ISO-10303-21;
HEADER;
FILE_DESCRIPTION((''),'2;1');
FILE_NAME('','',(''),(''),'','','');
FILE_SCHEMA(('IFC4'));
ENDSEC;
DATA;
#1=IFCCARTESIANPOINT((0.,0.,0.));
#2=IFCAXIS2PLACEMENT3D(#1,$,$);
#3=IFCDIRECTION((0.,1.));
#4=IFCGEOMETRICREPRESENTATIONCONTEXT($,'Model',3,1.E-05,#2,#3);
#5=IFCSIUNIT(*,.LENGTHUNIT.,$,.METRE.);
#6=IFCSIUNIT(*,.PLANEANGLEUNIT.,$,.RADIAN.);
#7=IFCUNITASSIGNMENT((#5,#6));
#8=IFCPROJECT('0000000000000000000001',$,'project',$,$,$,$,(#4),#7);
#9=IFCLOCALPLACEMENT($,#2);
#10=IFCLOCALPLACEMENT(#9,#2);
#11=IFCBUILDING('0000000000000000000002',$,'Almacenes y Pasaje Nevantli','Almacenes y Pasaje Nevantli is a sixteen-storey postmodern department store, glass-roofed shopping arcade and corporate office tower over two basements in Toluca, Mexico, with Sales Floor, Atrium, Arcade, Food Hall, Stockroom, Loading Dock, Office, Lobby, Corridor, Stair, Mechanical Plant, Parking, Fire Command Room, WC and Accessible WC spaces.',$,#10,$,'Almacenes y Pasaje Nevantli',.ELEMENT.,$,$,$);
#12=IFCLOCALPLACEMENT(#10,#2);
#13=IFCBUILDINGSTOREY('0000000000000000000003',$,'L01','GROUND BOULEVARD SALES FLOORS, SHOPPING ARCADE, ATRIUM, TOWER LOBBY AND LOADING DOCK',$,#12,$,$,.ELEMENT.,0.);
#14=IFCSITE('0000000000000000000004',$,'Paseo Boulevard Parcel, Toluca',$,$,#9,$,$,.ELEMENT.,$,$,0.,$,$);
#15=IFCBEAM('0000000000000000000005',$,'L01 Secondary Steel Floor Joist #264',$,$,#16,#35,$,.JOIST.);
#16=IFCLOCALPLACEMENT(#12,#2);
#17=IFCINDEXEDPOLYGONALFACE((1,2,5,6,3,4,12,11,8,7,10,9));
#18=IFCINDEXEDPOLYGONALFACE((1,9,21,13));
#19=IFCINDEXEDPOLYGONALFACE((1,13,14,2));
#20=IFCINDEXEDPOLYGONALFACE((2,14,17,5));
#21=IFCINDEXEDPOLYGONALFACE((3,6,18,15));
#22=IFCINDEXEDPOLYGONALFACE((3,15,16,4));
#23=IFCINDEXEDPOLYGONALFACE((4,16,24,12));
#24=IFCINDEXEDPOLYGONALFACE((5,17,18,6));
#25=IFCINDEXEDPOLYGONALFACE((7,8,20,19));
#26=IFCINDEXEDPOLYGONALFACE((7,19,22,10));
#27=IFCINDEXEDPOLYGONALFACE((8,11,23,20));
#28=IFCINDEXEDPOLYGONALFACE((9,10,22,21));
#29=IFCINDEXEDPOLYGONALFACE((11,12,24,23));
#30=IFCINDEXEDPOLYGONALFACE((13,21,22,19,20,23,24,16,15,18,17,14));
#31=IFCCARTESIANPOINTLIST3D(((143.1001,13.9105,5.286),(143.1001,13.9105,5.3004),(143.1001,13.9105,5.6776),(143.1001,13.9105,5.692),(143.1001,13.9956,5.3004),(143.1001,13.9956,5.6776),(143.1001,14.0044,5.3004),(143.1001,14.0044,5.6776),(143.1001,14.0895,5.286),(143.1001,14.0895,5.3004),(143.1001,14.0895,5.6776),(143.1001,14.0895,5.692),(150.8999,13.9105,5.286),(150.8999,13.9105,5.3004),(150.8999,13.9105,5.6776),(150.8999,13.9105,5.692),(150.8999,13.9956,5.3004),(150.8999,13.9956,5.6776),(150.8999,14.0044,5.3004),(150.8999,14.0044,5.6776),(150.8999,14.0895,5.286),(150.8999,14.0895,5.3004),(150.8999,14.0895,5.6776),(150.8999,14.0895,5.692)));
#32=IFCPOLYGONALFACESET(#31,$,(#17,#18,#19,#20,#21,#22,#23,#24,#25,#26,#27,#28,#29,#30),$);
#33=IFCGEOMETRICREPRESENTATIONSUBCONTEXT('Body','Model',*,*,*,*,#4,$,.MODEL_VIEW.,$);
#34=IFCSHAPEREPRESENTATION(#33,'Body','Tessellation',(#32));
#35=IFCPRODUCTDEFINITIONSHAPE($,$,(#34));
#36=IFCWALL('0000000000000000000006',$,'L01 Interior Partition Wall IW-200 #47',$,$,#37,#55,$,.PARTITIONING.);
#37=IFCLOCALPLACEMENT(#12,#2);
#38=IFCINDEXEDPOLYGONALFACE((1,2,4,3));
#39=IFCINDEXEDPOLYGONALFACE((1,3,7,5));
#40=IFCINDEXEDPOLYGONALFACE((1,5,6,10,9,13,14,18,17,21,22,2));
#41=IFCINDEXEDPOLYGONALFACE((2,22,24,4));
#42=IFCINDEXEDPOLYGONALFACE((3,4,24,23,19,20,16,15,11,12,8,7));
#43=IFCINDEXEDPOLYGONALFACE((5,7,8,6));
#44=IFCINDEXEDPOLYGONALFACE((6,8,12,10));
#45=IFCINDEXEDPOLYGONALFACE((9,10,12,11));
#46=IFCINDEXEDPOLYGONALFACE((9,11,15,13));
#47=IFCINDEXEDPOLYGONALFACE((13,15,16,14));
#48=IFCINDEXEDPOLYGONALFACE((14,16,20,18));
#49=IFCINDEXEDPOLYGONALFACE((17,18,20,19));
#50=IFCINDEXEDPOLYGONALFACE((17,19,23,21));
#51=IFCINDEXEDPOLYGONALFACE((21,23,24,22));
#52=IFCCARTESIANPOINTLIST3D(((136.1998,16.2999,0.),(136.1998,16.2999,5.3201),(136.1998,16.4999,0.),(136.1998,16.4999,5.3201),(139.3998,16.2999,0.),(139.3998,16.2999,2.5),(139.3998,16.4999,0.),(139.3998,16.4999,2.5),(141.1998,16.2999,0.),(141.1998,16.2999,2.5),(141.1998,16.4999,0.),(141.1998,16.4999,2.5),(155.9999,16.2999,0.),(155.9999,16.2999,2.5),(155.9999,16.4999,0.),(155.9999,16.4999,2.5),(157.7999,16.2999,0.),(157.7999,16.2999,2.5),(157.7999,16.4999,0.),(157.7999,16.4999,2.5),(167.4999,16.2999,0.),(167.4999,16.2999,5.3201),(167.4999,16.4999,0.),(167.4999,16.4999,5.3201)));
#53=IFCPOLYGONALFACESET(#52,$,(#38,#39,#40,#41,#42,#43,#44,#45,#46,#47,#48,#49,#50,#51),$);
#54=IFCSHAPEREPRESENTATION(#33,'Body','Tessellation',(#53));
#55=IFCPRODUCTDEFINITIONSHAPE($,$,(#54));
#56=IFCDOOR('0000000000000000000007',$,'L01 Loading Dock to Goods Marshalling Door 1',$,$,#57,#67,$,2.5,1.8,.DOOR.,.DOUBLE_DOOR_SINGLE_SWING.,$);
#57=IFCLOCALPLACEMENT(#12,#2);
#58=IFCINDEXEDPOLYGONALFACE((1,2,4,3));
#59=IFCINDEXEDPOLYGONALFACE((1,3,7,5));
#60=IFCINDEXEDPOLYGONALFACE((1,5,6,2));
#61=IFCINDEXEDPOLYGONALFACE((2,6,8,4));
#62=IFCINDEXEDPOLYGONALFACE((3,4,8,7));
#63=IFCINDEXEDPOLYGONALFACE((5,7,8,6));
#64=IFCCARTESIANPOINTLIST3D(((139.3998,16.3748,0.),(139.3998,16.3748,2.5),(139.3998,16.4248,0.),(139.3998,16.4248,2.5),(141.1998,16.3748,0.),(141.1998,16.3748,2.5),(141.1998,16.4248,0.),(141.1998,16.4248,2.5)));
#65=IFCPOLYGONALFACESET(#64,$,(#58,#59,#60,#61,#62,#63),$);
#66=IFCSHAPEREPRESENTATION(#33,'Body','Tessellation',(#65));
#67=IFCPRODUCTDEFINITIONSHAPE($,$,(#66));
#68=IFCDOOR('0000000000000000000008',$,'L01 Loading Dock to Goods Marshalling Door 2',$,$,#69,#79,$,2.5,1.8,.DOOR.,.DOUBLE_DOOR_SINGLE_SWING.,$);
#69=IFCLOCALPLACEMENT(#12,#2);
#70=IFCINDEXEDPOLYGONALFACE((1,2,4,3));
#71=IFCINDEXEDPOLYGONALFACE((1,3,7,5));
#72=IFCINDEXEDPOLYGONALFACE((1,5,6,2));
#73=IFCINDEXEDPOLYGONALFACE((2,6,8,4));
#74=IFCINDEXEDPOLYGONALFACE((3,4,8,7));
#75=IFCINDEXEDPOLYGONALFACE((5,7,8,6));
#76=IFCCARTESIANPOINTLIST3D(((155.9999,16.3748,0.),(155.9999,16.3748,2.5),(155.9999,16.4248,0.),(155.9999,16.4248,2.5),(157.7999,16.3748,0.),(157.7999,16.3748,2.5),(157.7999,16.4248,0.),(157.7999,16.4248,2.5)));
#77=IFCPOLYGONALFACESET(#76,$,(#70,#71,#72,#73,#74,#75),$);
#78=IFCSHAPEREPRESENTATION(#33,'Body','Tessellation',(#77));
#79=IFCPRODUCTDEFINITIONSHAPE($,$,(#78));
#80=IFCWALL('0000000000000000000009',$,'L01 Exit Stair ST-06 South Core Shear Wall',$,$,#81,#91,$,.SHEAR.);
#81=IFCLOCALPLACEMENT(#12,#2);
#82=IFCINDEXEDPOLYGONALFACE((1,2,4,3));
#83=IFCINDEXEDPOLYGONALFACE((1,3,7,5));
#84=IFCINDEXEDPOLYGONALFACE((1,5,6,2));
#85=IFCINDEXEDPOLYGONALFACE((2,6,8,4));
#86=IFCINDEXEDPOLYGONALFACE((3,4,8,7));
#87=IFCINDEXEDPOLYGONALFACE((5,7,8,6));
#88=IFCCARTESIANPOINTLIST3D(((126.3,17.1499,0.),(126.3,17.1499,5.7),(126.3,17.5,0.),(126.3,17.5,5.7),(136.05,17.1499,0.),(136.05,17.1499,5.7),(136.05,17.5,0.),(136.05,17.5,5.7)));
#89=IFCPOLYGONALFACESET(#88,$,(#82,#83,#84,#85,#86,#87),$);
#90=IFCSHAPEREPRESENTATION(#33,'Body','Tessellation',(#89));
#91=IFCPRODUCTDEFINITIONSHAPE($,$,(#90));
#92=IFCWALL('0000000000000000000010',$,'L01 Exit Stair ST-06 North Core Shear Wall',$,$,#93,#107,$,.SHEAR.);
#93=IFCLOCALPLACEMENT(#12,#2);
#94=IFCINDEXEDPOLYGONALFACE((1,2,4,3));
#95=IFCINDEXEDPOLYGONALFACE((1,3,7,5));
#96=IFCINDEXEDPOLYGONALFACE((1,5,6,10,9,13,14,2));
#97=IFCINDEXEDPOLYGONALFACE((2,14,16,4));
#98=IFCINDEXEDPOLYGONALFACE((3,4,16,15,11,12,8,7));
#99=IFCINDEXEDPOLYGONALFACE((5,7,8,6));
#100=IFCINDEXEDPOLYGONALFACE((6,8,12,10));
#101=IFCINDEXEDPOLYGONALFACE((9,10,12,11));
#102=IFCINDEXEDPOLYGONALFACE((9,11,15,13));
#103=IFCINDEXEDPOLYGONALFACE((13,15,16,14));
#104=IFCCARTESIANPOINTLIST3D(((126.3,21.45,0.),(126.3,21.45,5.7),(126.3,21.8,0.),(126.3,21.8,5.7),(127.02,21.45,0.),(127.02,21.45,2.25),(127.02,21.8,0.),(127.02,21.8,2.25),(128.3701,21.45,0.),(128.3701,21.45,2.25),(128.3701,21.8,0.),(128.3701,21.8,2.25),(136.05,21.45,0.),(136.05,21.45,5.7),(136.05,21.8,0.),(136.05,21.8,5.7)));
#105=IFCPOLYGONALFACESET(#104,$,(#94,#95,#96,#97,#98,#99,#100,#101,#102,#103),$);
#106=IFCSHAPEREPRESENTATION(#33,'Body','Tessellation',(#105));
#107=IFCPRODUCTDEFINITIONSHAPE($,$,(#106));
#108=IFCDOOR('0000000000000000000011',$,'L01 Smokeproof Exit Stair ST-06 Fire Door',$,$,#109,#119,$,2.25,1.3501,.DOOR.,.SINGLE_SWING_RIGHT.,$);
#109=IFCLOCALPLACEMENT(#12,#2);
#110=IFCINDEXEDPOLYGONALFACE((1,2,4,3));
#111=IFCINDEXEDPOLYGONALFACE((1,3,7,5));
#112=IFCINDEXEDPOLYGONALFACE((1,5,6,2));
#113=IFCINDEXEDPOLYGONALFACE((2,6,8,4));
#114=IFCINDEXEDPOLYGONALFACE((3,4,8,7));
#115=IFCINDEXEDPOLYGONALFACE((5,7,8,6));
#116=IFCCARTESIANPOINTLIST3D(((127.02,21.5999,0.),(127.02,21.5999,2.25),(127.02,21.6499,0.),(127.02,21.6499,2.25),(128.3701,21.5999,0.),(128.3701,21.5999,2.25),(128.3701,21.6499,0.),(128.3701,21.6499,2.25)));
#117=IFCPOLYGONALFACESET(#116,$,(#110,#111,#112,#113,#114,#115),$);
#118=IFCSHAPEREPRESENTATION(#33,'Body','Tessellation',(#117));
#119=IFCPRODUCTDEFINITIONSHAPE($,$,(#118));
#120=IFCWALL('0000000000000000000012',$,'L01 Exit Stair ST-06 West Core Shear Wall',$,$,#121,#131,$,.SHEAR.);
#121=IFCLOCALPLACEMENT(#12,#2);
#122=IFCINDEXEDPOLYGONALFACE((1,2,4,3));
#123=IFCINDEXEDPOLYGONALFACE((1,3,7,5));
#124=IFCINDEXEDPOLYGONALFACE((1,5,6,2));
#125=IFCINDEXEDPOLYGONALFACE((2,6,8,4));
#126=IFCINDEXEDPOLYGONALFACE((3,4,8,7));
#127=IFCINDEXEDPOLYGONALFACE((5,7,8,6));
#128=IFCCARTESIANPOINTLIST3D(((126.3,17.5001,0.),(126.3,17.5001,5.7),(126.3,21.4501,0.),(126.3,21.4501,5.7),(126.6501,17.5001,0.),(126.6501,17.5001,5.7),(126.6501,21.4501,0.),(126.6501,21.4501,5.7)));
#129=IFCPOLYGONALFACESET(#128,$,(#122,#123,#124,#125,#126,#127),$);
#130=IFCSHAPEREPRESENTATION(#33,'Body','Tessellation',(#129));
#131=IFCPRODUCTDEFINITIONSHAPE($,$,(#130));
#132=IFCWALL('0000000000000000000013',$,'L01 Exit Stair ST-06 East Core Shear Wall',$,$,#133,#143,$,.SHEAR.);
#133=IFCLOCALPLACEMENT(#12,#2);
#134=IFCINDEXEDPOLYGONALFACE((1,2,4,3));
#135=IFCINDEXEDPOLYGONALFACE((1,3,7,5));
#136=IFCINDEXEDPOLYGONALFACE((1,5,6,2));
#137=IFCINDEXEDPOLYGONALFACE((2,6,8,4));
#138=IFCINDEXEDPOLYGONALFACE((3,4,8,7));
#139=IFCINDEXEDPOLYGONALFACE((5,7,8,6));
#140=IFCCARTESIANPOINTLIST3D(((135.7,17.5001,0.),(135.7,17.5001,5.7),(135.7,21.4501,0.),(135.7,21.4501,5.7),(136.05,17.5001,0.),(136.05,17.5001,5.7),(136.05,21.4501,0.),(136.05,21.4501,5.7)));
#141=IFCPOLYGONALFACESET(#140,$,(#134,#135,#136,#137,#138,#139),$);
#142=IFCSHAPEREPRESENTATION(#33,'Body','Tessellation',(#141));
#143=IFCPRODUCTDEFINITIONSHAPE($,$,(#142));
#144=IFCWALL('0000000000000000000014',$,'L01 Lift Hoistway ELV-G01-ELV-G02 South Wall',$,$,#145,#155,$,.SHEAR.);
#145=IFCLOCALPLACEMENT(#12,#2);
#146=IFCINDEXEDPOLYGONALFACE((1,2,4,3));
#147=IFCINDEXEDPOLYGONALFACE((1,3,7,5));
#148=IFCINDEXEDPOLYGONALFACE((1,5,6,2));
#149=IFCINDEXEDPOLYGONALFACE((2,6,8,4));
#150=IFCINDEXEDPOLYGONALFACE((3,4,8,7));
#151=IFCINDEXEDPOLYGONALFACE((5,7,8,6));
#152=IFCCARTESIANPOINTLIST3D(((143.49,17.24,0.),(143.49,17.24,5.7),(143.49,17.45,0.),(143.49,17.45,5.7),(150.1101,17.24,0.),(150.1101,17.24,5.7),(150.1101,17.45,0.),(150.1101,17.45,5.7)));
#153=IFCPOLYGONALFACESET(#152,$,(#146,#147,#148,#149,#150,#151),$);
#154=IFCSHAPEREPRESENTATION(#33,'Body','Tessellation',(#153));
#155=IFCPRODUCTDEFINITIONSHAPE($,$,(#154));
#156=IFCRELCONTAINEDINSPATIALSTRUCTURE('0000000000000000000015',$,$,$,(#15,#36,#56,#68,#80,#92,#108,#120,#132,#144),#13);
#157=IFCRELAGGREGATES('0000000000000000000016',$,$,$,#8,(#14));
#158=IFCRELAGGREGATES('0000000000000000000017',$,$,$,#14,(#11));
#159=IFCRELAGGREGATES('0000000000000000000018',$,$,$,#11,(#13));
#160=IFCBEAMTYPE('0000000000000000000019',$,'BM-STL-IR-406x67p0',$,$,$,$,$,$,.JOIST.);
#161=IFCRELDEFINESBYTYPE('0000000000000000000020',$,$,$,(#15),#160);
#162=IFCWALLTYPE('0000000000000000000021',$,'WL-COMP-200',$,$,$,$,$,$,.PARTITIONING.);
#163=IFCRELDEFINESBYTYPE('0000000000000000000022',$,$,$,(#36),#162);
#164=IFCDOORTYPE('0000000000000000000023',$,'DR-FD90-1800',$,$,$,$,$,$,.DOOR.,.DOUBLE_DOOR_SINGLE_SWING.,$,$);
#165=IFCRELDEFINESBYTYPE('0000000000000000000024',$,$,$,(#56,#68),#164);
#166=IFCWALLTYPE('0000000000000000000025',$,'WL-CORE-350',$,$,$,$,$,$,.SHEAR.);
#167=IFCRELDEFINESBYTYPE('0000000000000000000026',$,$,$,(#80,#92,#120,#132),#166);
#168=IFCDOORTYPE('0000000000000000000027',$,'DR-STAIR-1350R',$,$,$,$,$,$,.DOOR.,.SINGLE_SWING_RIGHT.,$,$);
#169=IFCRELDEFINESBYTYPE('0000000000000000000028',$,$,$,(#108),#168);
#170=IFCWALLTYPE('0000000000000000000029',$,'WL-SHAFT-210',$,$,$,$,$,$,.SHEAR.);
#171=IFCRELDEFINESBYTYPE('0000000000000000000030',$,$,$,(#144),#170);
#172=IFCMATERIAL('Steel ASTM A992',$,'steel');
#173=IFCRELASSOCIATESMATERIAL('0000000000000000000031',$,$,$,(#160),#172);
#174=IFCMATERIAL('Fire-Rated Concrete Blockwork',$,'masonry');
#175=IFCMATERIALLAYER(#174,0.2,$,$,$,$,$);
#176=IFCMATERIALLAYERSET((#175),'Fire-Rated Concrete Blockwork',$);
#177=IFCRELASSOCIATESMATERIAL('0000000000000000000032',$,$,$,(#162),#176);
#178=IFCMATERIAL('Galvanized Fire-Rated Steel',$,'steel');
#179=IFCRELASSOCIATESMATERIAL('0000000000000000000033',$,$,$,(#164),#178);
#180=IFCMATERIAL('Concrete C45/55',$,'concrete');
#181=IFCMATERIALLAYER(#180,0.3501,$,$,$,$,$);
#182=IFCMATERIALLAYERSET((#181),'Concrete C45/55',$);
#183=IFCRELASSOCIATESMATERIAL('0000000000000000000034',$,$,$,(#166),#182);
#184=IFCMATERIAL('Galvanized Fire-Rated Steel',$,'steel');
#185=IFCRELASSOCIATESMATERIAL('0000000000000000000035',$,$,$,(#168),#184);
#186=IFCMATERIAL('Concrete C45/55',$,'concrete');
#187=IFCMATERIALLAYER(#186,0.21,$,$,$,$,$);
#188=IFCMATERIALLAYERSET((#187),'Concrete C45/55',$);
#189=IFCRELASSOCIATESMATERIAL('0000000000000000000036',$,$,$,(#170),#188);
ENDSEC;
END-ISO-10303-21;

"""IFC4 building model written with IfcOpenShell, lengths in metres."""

from ifc_helpers import new_model, si_unit, direction, frame, frame_2d, origin, origin_2d, place, context, subcontext, project, spatial, rectangle, i_section, extrude, material, layer, layer_set, material_profile, profile_set, type_object, element, fill, save


model = new_model("IFC4")

# Units and contexts
model_context = context("Model", 3, precision=1e-05, world=origin(), true_north=direction((0.0, 1.0)))
body_context = subcontext(model_context, "Body", "Model", "MODEL_VIEW")
ifc_project = project(units=[si_unit("LENGTHUNIT", "METRE"), si_unit("PLANEANGLEUNIT", "RADIAN")], contexts=[model_context])

# Site, building, storey
site_placement = place(None, origin())
site = spatial("IfcSite", under=ifc_project, at=site_placement, Name="Paseo Boulevard Parcel, Toluca", CompositionType="ELEMENT", RefElevation=0.0)
building_placement = place(site_placement, origin())
building = spatial("IfcBuilding", under=site, at=building_placement, Name="Almacenes y Pasaje Nevantli", Description="Almacenes y Pasaje Nevantli is a sixteen-storey postmodern department store, glass-roofed shopping arcade and corporate office tower over two basements in Toluca, Mexico, with Sales Floor, Atrium, Arcade, Food Hall, Stockroom, Loading Dock, Office, Lobby, Corridor, Stair, Mechanical Plant, Parking, Fire Command Room, WC and Accessible WC spaces.", LongName="Almacenes y Pasaje Nevantli", CompositionType="ELEMENT")
storey_placement = place(building_placement, origin())
storey = spatial("IfcBuildingStorey", under=building, at=storey_placement, Name="L01", Description="GROUND BOULEVARD SALES FLOORS, SHOPPING ARCADE, ATRIUM, TOWER LOBBY AND LOADING DOCK", CompositionType="ELEMENT", Elevation=0.0)

# Beam
ifc_material_1 = material(Name="Steel ASTM A992", Category="steel")
ifc_material_profile_1 = material_profile(ifc_material_1, i_section(OverallWidth=0.179, OverallDepth=0.406, WebThickness=0.0088, FlangeThickness=0.0144, at=origin_2d()), Name="IR 406x67.0")
ifc_profile_set_1 = profile_set([ifc_material_profile_1], Name="Steel ASTM A992")
beam_type_1 = type_object("IfcBeamType", Name="BM-STL-IR-406x67p0", PredefinedType="JOIST", material=ifc_profile_set_1)
beam_1_placement = place(storey_placement, frame((143.1001, 14.0, 5.489), z_axis=(1.0, 0.0, 0.0), x_axis=(0.0, 1.0, 0.0)))
element("IfcBeam", 1, at=beam_1_placement, inside=storey, type_object=beam_type_1, Name="L01 Secondary Steel Floor Joist #264", PredefinedType="JOIST", context=body_context, shape_type="SweptSolid", body=[
    extrude(i_section(OverallWidth=0.179, OverallDepth=0.406, WebThickness=0.0088, FlangeThickness=0.0144, at=origin_2d()), origin(), (0.0, 0.0, 1.0), 7.7998),
])

# Wall, openings, doors
ifc_material_2 = material(Name="Fire-Rated Concrete Blockwork", Category="masonry")
ifc_layer_1 = layer(ifc_material_2, 0.2)
ifc_layer_set_1 = layer_set([ifc_layer_1], Name="Fire-Rated Concrete Blockwork")
wall_type_1 = type_object("IfcWallType", Name="WL-COMP-200", PredefinedType="PARTITIONING", material=ifc_layer_set_1)
wall_1_placement = place(storey_placement, frame((136.2, 16.3999, 0.0), z_axis=(0.0, 0.0, 1.0), x_axis=(1.0, 0.0, 0.0)))
wall_1 = element("IfcWall", 2, at=wall_1_placement, inside=storey, type_object=wall_type_1, Name="L01 Interior Partition Wall IW-200 #47", PredefinedType="PARTITIONING", context=body_context, shape_type="SweptSolid", body=[
    extrude(rectangle(XDim=31.3, YDim=0.2, at=frame_2d((15.6499, 0.0))), origin(), (0.0, 0.0, 1.0), 5.3201),
])
opening_1_placement = place(wall_1_placement, frame((3.2, 0.0, 0.0)))
opening_1 = element("IfcOpeningElement", 3, at=opening_1_placement, cuts=wall_1, PredefinedType="OPENING", context=body_context, shape_type="SweptSolid", body=[
    extrude(rectangle(XDim=1.8, YDim=2.5, at=frame_2d((0.8999, 1.25))), frame((0.0, 0.1099, 0.0), z_axis=(0.0, -1.0, 0.0), x_axis=(1.0, 0.0, 0.0)), (0.0, 0.0, 1.0), 0.22),
])
opening_2_placement = place(wall_1_placement, frame((19.8, 0.0, 0.0)))
opening_2 = element("IfcOpeningElement", 4, at=opening_2_placement, cuts=wall_1, PredefinedType="OPENING", context=body_context, shape_type="SweptSolid", body=[
    extrude(rectangle(XDim=1.8, YDim=2.5, at=frame_2d((0.8999, 1.25))), frame((0.0, 0.1099, 0.0), z_axis=(0.0, -1.0, 0.0), x_axis=(1.0, 0.0, 0.0)), (0.0, 0.0, 1.0), 0.22),
])
ifc_material_3 = material(Name="Galvanized Fire-Rated Steel", Category="steel")
door_type_1 = type_object("IfcDoorType", Name="DR-FD90-1800", OperationType="DOUBLE_DOOR_SINGLE_SWING", PredefinedType="DOOR", material=ifc_material_3)
door_1_placement = place(opening_1_placement, origin())
door_1 = element("IfcDoor", 5, at=door_1_placement, inside=storey, type_object=door_type_1, Name="L01 Loading Dock to Goods Marshalling Door 1", OperationType="DOUBLE_DOOR_SINGLE_SWING", OverallHeight=2.5, OverallWidth=1.8, PredefinedType="DOOR", context=body_context, shape_type="SweptSolid", body=[
    extrude(rectangle(XDim=1.8, YDim=2.5, at=frame_2d((0.8999, 1.25))), frame((0.0, 0.0249, 0.0), z_axis=(0.0, -1.0, 0.0), x_axis=(1.0, 0.0, 0.0)), (0.0, 0.0, 1.0), 0.05),
])
fill(opening_1, door_1)
door_2_placement = place(opening_2_placement, origin())
door_2 = element("IfcDoor", 6, at=door_2_placement, inside=storey, type_object=door_type_1, Name="L01 Loading Dock to Goods Marshalling Door 2", OperationType="DOUBLE_DOOR_SINGLE_SWING", OverallHeight=2.5, OverallWidth=1.8, PredefinedType="DOOR", context=body_context, shape_type="SweptSolid", body=[
    extrude(rectangle(XDim=1.8, YDim=2.5, at=frame_2d((0.8999, 1.25))), frame((0.0, 0.0249, 0.0), z_axis=(0.0, -1.0, 0.0), x_axis=(1.0, 0.0, 0.0)), (0.0, 0.0, 1.0), 0.05),
])
fill(opening_2, door_2)

# Wall
ifc_material_4 = material(Name="Concrete C45/55", Category="concrete")
ifc_layer_2 = layer(ifc_material_4, 0.3501)
ifc_layer_set_2 = layer_set([ifc_layer_2], Name="Concrete C45/55")
wall_type_2 = type_object("IfcWallType", Name="WL-CORE-350", PredefinedType="SHEAR", material=ifc_layer_set_2)
wall_2_placement = place(storey_placement, frame((126.3, 17.325, 0.0), z_axis=(0.0, 0.0, 1.0), x_axis=(1.0, 0.0, 0.0)))
element("IfcWall", 7, at=wall_2_placement, inside=storey, type_object=wall_type_2, Name="L01 Exit Stair ST-06 South Core Shear Wall", PredefinedType="SHEAR", context=body_context, shape_type="SweptSolid", body=[
    extrude(rectangle(XDim=9.75, YDim=0.3501, at=frame_2d((4.875, 0.0))), origin(), (0.0, 0.0, 1.0), 5.7),
])

# Wall, opening, door
wall_3_placement = place(storey_placement, frame((126.3, 21.625, 0.0), z_axis=(0.0, 0.0, 1.0), x_axis=(1.0, 0.0, 0.0)))
wall_3 = element("IfcWall", 8, at=wall_3_placement, inside=storey, type_object=wall_type_2, Name="L01 Exit Stair ST-06 North Core Shear Wall", PredefinedType="SHEAR", context=body_context, shape_type="SweptSolid", body=[
    extrude(rectangle(XDim=9.75, YDim=0.3501, at=frame_2d((4.875, 0.0))), origin(), (0.0, 0.0, 1.0), 5.7),
])
opening_3_placement = place(wall_3_placement, frame((0.72, 0.0, 0.0)))
opening_3 = element("IfcOpeningElement", 9, at=opening_3_placement, cuts=wall_3, PredefinedType="OPENING", context=body_context, shape_type="SweptSolid", body=[
    extrude(rectangle(XDim=1.3501, YDim=2.25, at=frame_2d((0.675, 1.125))), frame((0.0, 0.1851, 0.0), z_axis=(0.0, -1.0, 0.0), x_axis=(1.0, 0.0, 0.0)), (0.0, 0.0, 1.0), 0.3701),
])
ifc_material_5 = material(Name="Galvanized Fire-Rated Steel", Category="steel")
door_type_2 = type_object("IfcDoorType", Name="DR-STAIR-1350R", OperationType="SINGLE_SWING_RIGHT", PredefinedType="DOOR", material=ifc_material_5)
door_3_placement = place(opening_3_placement, origin())
door_3 = element("IfcDoor", 10, at=door_3_placement, inside=storey, type_object=door_type_2, Name="L01 Smokeproof Exit Stair ST-06 Fire Door", OperationType="SINGLE_SWING_RIGHT", OverallHeight=2.25, OverallWidth=1.3501, PredefinedType="DOOR", context=body_context, shape_type="SweptSolid", body=[
    extrude(rectangle(XDim=1.3501, YDim=2.25, at=frame_2d((0.675, 1.125))), frame((0.0, 0.0249, 0.0), z_axis=(0.0, -1.0, 0.0), x_axis=(1.0, 0.0, 0.0)), (0.0, 0.0, 1.0), 0.05),
])
fill(opening_3, door_3)

# Walls
for number, where, z_axis, x_axis, name in (
    (11, (126.4751, 17.5, 0.0), (0.0, 0.0, 1.0), (0.0, 1.0, 0.0), "L01 Exit Stair ST-06 West Core Shear Wall"),
    (12, (135.875, 17.5, 0.0), (0.0, 0.0, 1.0), (0.0, 1.0, 0.0), "L01 Exit Stair ST-06 East Core Shear Wall"),
):
    element("IfcWall", number, at=place(storey_placement, frame(where, z_axis=z_axis, x_axis=x_axis)), inside=storey, type_object=wall_type_2, Name=name, PredefinedType="SHEAR", context=body_context, shape_type="SweptSolid", body=[
        extrude(rectangle(XDim=3.95, YDim=0.3501, at=frame_2d((1.9751, 0.0))), origin(), (0.0, 0.0, 1.0), 5.7),
    ])
ifc_material_6 = material(Name="Concrete C45/55", Category="concrete")
ifc_layer_3 = layer(ifc_material_6, 0.21)
ifc_layer_set_3 = layer_set([ifc_layer_3], Name="Concrete C45/55")
wall_type_3 = type_object("IfcWallType", Name="WL-SHAFT-210", PredefinedType="SHEAR", material=ifc_layer_set_3)
wall_4_placement = place(storey_placement, frame((143.49, 17.345, 0.0), z_axis=(0.0, 0.0, 1.0), x_axis=(1.0, 0.0, 0.0)))
element("IfcWall", 13, at=wall_4_placement, inside=storey, type_object=wall_type_3, Name="L01 Lift Hoistway ELV-G01-ELV-G02 South Wall", PredefinedType="SHEAR", context=body_context, shape_type="SweptSolid", body=[
    extrude(rectangle(XDim=6.6201, YDim=0.21, at=frame_2d((3.3101, 0.0))), origin(), (0.0, 0.0, 1.0), 5.7),
])

save(model, "model.ifc")
